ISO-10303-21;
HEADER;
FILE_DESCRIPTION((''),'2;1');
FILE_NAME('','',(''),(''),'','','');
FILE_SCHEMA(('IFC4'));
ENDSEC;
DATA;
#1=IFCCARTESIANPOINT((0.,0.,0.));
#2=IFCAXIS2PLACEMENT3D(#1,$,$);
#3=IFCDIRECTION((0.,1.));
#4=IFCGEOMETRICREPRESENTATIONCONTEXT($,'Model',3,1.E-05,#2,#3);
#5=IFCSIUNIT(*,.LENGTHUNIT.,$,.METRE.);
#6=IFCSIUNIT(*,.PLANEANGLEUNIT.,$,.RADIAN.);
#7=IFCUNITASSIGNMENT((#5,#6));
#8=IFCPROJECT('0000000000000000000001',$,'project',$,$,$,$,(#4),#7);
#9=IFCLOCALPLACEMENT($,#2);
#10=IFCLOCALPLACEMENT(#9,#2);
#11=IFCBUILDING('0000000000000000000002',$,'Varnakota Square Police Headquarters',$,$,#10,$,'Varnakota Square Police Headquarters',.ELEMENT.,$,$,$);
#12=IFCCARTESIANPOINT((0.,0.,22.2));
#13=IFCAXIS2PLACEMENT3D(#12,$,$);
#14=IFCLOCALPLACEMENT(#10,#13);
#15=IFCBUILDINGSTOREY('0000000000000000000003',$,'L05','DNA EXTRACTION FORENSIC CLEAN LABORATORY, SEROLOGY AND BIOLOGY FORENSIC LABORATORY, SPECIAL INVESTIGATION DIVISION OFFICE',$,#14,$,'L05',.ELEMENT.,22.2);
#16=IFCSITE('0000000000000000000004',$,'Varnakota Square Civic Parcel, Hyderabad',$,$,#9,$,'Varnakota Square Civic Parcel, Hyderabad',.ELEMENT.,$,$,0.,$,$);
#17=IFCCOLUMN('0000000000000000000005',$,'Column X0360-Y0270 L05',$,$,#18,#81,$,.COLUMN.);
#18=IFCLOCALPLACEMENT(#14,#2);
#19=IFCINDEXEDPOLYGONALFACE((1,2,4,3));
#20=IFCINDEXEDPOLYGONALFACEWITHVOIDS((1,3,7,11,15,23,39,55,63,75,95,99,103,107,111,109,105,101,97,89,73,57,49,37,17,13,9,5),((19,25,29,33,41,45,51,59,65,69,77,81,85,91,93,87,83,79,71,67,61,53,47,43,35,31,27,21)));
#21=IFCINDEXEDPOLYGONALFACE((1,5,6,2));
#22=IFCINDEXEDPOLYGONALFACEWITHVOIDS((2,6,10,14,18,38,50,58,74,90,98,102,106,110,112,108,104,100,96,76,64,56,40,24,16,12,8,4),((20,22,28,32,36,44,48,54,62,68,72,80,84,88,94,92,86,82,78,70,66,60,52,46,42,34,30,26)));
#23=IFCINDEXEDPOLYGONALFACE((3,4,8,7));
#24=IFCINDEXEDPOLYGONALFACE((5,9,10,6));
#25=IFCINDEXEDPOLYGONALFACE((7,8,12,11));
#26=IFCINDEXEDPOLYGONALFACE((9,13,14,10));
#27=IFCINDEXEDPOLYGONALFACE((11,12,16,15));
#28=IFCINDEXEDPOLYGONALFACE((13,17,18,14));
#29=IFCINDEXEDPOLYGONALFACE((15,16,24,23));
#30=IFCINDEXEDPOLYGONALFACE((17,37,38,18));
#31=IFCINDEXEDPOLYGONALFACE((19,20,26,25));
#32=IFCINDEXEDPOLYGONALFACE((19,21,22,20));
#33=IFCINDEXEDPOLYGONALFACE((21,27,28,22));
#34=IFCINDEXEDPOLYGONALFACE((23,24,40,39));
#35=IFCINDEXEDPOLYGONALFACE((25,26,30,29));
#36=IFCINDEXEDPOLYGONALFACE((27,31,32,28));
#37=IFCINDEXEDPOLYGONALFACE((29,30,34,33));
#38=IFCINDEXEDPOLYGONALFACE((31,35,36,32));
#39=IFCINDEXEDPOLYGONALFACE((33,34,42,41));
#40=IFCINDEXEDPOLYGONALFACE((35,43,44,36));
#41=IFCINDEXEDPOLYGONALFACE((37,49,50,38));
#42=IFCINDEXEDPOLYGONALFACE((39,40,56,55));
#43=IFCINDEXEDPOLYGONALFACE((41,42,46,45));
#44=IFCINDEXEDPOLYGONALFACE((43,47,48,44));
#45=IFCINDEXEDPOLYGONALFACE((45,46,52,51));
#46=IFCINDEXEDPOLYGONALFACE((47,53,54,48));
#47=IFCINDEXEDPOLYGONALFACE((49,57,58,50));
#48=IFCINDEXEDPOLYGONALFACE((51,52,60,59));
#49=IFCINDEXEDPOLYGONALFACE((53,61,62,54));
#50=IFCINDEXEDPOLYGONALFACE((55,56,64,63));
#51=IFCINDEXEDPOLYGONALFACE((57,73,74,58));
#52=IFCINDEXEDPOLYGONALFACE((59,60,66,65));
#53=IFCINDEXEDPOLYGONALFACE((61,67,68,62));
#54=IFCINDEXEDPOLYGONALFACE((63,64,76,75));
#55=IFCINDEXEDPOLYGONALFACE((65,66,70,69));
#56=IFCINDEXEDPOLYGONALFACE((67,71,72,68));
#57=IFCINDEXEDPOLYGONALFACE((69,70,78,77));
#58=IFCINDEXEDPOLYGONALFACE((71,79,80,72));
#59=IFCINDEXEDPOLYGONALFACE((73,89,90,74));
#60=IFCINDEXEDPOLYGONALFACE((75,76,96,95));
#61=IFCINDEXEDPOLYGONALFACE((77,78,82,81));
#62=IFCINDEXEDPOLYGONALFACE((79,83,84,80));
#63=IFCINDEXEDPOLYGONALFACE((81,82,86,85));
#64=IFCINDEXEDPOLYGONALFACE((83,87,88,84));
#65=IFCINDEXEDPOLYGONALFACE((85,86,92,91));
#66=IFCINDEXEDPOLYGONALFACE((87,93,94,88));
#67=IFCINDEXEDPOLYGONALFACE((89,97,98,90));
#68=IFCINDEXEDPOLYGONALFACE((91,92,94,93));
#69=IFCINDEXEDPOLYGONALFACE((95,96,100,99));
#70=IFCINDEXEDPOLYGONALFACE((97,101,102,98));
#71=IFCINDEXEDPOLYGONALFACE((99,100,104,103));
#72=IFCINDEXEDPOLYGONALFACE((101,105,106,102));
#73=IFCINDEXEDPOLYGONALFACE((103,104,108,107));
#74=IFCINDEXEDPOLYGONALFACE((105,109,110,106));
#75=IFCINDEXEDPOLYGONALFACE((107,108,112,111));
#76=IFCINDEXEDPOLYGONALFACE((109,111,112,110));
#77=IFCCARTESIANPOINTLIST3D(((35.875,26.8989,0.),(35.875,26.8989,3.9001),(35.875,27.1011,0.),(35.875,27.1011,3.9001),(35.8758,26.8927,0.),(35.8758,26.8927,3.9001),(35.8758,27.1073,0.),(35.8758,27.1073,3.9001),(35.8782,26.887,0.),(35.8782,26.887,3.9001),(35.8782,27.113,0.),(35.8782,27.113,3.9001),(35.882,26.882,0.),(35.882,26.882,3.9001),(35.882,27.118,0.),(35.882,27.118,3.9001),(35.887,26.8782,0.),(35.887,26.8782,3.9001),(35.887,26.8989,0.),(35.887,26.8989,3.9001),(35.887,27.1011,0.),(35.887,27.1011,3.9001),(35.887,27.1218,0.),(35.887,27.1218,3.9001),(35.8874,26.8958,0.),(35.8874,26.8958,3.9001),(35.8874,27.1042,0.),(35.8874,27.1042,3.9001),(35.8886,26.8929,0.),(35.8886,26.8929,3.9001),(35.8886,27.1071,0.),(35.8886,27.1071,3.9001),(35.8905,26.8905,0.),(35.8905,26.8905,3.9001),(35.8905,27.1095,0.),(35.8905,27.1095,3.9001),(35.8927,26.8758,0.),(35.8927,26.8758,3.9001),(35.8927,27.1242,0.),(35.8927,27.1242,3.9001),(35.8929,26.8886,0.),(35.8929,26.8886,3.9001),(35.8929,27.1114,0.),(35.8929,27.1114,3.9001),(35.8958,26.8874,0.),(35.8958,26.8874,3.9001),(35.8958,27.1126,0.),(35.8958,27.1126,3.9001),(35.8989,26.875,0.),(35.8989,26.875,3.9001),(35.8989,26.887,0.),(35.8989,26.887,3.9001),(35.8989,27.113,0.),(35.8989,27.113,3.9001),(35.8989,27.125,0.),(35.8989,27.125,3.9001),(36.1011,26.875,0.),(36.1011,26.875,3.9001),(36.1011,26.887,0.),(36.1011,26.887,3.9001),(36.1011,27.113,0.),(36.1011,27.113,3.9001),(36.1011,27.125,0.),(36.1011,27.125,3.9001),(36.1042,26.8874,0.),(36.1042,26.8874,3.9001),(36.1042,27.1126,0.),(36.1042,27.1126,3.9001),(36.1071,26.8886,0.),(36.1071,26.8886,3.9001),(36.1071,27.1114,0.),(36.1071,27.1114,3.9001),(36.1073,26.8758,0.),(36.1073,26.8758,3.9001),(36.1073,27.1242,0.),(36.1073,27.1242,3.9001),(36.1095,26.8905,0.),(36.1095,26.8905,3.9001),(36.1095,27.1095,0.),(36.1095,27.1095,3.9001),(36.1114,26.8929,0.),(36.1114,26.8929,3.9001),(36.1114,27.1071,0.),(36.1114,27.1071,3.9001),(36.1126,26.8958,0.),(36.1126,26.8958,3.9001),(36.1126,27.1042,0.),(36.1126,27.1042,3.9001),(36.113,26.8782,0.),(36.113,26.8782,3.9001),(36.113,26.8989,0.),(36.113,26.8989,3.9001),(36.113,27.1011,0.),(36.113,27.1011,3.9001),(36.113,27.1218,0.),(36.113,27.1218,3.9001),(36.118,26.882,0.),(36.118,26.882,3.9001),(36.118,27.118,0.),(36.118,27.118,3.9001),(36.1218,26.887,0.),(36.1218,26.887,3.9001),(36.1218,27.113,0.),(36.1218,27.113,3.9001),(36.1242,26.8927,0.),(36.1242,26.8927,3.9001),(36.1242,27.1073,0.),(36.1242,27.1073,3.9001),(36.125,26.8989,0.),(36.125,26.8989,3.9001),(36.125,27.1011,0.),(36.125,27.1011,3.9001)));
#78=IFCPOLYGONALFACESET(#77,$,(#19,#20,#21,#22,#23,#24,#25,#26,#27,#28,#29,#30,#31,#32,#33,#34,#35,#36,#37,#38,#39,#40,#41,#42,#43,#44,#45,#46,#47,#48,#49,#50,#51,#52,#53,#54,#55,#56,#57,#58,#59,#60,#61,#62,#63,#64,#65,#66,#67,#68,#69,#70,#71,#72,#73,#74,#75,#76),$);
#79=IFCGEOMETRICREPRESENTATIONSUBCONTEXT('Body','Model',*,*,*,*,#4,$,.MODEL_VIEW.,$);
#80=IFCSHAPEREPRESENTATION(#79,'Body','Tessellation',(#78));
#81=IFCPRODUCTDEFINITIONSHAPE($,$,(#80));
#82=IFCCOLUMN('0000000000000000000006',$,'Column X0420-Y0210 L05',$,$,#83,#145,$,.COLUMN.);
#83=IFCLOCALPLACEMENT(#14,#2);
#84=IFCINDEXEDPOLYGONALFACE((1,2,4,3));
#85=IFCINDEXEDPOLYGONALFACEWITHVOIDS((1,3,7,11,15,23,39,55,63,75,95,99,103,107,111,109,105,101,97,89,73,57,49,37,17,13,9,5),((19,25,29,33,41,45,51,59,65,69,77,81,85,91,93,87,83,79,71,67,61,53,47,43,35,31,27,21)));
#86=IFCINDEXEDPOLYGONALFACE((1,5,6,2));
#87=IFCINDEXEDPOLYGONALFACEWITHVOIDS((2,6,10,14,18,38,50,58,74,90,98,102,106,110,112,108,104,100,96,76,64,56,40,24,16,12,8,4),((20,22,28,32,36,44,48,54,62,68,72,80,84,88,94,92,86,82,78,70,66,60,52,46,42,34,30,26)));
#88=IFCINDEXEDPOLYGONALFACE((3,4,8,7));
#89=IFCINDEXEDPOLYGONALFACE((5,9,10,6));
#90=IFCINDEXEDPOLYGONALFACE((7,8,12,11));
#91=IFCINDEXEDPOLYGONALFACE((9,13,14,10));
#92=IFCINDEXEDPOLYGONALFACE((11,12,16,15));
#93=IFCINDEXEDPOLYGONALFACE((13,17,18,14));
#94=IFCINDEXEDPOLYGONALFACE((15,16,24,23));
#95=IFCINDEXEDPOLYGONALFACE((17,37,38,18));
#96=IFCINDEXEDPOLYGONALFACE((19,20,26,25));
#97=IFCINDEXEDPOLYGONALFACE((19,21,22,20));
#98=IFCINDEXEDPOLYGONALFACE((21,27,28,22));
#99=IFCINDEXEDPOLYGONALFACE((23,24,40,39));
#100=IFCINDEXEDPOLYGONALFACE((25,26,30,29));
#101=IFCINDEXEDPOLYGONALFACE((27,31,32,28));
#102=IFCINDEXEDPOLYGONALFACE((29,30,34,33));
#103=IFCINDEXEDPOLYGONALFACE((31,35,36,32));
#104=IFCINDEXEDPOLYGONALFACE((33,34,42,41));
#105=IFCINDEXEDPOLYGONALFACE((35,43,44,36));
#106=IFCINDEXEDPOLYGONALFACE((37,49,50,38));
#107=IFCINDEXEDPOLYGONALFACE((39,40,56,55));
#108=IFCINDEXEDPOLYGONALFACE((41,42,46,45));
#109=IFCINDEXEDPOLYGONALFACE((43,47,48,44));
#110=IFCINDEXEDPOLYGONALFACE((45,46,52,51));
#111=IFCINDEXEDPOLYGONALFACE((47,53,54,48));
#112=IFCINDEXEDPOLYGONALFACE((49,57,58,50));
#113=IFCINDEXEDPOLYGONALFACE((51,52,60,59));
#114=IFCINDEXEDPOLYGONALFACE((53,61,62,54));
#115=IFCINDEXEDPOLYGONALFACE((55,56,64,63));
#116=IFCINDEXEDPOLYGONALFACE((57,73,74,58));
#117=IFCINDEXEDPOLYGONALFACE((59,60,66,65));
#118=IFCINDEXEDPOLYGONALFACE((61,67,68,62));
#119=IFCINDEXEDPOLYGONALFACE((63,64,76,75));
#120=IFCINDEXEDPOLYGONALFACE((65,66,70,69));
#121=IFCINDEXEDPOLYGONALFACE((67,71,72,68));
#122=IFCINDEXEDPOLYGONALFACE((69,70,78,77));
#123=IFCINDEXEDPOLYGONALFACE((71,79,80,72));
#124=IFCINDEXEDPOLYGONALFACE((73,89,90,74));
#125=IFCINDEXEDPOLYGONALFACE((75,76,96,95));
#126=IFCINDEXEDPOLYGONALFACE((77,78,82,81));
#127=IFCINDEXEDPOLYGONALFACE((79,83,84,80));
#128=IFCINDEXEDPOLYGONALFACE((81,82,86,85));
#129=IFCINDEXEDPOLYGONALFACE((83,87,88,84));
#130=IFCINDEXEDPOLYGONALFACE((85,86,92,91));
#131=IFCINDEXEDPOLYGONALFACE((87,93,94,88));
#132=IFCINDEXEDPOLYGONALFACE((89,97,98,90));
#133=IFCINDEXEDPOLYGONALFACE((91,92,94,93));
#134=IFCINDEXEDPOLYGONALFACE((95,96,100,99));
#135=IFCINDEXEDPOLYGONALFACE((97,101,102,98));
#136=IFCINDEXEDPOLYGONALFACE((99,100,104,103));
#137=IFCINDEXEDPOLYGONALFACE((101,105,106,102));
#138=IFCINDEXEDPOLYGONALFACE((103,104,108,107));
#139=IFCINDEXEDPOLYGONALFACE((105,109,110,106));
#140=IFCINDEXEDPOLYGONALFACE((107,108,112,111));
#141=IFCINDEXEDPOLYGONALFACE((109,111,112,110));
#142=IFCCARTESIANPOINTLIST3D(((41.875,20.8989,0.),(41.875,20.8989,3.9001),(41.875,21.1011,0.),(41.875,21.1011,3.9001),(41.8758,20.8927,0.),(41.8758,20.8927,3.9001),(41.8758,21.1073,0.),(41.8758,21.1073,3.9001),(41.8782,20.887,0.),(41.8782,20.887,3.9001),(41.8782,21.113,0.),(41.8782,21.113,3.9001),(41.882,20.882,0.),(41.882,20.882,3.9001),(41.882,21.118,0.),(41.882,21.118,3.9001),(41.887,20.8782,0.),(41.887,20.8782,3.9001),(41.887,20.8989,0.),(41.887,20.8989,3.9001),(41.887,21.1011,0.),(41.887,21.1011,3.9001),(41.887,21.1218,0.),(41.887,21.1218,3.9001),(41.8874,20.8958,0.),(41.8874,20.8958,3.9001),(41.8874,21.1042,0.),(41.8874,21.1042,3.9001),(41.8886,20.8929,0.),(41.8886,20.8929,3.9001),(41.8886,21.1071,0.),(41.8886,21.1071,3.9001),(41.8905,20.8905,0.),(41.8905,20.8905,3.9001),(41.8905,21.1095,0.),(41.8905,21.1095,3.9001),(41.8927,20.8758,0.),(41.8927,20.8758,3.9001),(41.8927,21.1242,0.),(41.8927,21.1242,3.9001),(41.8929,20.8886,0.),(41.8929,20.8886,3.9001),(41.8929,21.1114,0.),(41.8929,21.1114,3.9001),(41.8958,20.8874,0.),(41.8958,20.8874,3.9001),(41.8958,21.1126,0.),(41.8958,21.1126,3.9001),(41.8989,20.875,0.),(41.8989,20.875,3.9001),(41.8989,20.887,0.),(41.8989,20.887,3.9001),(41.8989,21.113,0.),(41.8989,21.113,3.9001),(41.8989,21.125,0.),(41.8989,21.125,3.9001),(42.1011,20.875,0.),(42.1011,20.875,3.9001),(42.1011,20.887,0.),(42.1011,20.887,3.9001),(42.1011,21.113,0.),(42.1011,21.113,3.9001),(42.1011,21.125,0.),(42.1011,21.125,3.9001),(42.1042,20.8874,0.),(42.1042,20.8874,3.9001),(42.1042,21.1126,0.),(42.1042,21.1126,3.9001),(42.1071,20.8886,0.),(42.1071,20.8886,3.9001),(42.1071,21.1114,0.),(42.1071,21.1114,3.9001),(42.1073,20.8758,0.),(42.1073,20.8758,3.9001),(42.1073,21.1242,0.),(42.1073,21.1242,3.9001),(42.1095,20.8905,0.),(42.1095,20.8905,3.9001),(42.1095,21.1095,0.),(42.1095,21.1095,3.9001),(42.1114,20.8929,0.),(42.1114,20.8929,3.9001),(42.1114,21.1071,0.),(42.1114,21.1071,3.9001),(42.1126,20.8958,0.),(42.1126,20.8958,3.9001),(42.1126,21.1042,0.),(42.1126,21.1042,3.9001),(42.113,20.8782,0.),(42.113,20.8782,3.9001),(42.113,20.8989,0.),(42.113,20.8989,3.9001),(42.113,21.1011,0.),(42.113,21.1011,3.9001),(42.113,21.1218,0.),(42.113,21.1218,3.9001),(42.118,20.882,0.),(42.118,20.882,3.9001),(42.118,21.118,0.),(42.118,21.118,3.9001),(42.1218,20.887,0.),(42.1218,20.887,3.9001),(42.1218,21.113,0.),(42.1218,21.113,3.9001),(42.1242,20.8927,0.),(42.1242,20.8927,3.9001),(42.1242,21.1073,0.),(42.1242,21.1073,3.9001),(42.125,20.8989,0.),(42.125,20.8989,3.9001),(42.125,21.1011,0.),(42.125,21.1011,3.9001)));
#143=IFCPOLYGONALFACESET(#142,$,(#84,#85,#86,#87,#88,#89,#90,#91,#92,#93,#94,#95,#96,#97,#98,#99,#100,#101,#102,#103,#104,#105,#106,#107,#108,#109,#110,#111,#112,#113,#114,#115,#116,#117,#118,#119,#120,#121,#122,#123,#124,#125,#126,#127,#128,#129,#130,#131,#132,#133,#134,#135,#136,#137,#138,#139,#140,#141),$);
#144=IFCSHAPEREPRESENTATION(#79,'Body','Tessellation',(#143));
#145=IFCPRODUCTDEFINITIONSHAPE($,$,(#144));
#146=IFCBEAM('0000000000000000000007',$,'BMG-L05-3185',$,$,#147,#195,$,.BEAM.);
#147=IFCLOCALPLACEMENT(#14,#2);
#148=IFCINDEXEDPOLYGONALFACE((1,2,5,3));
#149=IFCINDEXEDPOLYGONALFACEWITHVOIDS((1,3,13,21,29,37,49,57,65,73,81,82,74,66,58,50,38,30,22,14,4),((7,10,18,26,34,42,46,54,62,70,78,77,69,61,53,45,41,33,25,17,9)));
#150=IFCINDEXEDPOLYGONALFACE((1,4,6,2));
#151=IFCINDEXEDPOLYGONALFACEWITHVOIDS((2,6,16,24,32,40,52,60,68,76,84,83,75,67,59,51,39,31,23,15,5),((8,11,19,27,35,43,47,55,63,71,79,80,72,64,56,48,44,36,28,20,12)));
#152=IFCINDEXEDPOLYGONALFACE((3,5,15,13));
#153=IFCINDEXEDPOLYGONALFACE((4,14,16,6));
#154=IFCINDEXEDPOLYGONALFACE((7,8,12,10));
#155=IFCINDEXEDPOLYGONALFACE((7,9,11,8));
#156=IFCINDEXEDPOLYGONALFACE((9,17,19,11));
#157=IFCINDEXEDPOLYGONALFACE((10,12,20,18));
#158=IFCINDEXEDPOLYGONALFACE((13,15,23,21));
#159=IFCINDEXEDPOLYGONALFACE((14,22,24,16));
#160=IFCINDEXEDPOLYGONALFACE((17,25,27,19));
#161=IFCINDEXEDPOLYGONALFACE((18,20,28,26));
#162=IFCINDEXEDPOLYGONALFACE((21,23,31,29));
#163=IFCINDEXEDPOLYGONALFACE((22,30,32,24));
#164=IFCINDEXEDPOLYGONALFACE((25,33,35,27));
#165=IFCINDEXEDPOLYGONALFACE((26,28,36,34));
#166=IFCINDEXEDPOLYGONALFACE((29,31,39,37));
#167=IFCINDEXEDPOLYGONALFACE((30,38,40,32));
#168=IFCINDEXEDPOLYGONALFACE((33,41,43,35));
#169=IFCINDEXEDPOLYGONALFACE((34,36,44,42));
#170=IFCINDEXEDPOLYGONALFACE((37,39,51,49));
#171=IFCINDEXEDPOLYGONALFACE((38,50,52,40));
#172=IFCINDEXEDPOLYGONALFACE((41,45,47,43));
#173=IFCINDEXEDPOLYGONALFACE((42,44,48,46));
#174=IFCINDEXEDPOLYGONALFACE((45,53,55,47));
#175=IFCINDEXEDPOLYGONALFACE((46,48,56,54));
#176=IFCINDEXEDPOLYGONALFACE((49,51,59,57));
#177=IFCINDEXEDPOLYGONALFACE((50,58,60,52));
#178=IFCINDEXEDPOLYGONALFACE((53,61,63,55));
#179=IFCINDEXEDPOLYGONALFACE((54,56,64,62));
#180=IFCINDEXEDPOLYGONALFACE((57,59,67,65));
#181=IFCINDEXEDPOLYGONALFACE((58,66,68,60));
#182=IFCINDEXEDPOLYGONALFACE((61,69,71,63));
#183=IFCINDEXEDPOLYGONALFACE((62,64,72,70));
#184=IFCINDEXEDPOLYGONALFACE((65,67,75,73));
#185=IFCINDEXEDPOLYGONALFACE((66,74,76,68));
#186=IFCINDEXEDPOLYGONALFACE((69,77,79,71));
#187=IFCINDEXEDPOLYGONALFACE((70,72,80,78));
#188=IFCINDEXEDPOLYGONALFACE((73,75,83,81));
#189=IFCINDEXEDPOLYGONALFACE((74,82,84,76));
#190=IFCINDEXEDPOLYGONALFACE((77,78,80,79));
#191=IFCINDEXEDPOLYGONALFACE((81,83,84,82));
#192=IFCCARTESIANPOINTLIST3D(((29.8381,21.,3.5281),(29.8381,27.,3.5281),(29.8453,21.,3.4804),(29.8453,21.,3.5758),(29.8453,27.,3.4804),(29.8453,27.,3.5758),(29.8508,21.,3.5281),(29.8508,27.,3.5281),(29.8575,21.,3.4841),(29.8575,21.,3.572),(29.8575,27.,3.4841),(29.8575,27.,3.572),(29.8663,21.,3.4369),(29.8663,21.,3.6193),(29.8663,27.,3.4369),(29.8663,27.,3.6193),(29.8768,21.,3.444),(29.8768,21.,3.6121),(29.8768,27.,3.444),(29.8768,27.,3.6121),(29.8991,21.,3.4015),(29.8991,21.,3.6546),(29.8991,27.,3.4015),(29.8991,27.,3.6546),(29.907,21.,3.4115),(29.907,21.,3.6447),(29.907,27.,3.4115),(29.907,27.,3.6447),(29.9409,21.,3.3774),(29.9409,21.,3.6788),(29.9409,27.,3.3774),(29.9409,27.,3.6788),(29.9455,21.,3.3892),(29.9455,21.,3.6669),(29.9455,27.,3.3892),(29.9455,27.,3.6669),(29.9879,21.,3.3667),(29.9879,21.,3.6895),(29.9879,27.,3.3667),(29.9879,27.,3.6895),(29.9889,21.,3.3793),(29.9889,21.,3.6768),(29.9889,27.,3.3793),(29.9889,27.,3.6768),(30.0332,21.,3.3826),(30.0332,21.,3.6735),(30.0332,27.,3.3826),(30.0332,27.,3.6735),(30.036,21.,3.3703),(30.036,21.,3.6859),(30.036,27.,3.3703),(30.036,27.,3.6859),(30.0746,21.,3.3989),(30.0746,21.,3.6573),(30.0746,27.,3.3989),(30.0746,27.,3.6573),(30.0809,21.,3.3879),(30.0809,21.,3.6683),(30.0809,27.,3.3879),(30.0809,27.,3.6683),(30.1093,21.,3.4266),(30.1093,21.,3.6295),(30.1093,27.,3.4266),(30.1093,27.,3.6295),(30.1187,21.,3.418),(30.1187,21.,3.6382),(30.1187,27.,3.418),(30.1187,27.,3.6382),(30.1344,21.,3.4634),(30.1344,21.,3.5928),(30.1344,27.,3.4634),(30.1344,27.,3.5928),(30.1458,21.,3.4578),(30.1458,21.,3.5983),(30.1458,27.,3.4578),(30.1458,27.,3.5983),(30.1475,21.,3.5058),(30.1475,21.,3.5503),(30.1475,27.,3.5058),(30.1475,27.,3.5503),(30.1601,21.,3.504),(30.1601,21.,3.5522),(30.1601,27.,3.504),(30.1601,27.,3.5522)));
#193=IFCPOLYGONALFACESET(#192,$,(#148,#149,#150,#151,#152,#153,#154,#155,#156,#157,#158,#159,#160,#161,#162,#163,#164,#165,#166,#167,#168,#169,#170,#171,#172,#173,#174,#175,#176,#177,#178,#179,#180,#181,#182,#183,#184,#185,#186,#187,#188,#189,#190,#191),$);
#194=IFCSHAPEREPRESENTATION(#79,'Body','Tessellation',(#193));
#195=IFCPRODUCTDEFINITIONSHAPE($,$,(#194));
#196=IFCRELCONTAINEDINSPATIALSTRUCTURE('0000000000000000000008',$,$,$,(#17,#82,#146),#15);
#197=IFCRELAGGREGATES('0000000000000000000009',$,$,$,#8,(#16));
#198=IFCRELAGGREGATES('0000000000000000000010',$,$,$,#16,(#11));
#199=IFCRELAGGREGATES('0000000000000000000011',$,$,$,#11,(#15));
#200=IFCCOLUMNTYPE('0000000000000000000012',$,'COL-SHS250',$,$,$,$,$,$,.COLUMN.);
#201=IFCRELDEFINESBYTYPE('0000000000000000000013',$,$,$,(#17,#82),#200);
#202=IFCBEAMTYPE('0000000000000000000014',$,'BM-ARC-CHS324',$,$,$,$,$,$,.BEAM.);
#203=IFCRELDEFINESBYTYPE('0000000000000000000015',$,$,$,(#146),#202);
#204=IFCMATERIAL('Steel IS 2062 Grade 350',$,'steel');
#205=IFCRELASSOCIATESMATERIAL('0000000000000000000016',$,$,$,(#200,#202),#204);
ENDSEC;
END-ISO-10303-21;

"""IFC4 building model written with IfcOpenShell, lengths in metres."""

from ifc_helpers import new_model, si_unit, direction, frame, origin, origin_2d, place, context, subcontext, project, spatial, hollow_rectangle, hollow_circle, extrude, material, material_profile, profile_set, type_object, element, save


model = new_model("IFC4")

# Units and contexts
model_context = context("Model", 3, precision=1e-05, world=origin(), true_north=direction((0.0, 1.0)))
body_context = subcontext(model_context, "Body", "Model", "MODEL_VIEW")
ifc_project = project(units=[si_unit("LENGTHUNIT", "METRE"), si_unit("PLANEANGLEUNIT", "RADIAN")], contexts=[model_context])

# Site, building, storey
site_placement = place(None, origin())
site = spatial("IfcSite", under=ifc_project, at=site_placement, Name="Varnakota Square Civic Parcel, Hyderabad", LongName="Varnakota Square Civic Parcel, Hyderabad", CompositionType="ELEMENT", RefElevation=0.0)
building_placement = place(site_placement, origin())
building = spatial("IfcBuilding", under=site, at=building_placement, Name="Varnakota Square Police Headquarters", LongName="Varnakota Square Police Headquarters", CompositionType="ELEMENT")
storey_placement = place(building_placement, frame((0.0, 0.0, 22.2)))
storey = spatial("IfcBuildingStorey", under=building, at=storey_placement, Name="L05", Description="DNA EXTRACTION FORENSIC CLEAN LABORATORY, SEROLOGY AND BIOLOGY FORENSIC LABORATORY, SPECIAL INVESTIGATION DIVISION OFFICE", LongName="L05", CompositionType="ELEMENT", Elevation=22.2)

# Columns
ifc_material_1 = material(Name="Steel IS 2062 Grade 350", Category="steel")
ifc_material_profile_1 = material_profile(ifc_material_1, hollow_rectangle(XDim=0.25, YDim=0.25, WallThickness=0.012, InnerFilletRadius=0.012, OuterFilletRadius=0.0239, at=origin_2d()), Name="SHS 250x250x12")
ifc_profile_set_1 = profile_set([ifc_material_profile_1], Name="Steel IS 2062 Grade 350")
column_type_1 = type_object("IfcColumnType", Name="COL-SHS250", PredefinedType="COLUMN", material=ifc_profile_set_1)
for number, where, z_axis, x_axis, name in (
    (1, (36.0, 27.0, 0.0), (0.0, 0.0, 1.0), (1.0, 0.0, 0.0), "Column X0360-Y0270 L05"),
    (2, (42.0, 21.0, 0.0), (0.0, 0.0, 1.0), (1.0, 0.0, 0.0), "Column X0420-Y0210 L05"),
):
    element("IfcColumn", number, at=place(storey_placement, frame(where, z_axis=z_axis, x_axis=x_axis)), inside=storey, type_object=column_type_1, Name=name, PredefinedType="COLUMN", context=body_context, shape_type="SweptSolid", body=[
        extrude(hollow_rectangle(XDim=0.25, YDim=0.25, WallThickness=0.012, InnerFilletRadius=0.012, OuterFilletRadius=0.0239, at=origin_2d()), origin(), (0.0, 0.0, 1.0), 3.9001),
    ])

# Beam
ifc_material_profile_2 = material_profile(ifc_material_1, hollow_circle(Radius=0.1619, WallThickness=0.0127, at=origin_2d()), Name="CHS 323.9x12.7")
ifc_profile_set_2 = profile_set([ifc_material_profile_2], Name="Steel IS 2062 Grade 350")
beam_type_1 = type_object("IfcBeamType", Name="BM-ARC-CHS324", PredefinedType="BEAM", material=ifc_profile_set_2)
for number, where, z_axis, x_axis, name in (
    (3, (30.0, 21.0, 3.5281), (0.0, 1.0, 0.0), (-1.0, 0.0, 0.0), "BMG-L05-3185"),
):
    element("IfcBeam", number, at=place(storey_placement, frame(where, z_axis=z_axis, x_axis=x_axis)), inside=storey, type_object=beam_type_1, Name=name, PredefinedType="BEAM", context=body_context, shape_type="SweptSolid", body=[
        extrude(hollow_circle(Radius=0.1619, WallThickness=0.0127, at=origin_2d()), origin(), (0.0, 0.0, 1.0), 6.0),
    ])

save(model, "model.ifc")
